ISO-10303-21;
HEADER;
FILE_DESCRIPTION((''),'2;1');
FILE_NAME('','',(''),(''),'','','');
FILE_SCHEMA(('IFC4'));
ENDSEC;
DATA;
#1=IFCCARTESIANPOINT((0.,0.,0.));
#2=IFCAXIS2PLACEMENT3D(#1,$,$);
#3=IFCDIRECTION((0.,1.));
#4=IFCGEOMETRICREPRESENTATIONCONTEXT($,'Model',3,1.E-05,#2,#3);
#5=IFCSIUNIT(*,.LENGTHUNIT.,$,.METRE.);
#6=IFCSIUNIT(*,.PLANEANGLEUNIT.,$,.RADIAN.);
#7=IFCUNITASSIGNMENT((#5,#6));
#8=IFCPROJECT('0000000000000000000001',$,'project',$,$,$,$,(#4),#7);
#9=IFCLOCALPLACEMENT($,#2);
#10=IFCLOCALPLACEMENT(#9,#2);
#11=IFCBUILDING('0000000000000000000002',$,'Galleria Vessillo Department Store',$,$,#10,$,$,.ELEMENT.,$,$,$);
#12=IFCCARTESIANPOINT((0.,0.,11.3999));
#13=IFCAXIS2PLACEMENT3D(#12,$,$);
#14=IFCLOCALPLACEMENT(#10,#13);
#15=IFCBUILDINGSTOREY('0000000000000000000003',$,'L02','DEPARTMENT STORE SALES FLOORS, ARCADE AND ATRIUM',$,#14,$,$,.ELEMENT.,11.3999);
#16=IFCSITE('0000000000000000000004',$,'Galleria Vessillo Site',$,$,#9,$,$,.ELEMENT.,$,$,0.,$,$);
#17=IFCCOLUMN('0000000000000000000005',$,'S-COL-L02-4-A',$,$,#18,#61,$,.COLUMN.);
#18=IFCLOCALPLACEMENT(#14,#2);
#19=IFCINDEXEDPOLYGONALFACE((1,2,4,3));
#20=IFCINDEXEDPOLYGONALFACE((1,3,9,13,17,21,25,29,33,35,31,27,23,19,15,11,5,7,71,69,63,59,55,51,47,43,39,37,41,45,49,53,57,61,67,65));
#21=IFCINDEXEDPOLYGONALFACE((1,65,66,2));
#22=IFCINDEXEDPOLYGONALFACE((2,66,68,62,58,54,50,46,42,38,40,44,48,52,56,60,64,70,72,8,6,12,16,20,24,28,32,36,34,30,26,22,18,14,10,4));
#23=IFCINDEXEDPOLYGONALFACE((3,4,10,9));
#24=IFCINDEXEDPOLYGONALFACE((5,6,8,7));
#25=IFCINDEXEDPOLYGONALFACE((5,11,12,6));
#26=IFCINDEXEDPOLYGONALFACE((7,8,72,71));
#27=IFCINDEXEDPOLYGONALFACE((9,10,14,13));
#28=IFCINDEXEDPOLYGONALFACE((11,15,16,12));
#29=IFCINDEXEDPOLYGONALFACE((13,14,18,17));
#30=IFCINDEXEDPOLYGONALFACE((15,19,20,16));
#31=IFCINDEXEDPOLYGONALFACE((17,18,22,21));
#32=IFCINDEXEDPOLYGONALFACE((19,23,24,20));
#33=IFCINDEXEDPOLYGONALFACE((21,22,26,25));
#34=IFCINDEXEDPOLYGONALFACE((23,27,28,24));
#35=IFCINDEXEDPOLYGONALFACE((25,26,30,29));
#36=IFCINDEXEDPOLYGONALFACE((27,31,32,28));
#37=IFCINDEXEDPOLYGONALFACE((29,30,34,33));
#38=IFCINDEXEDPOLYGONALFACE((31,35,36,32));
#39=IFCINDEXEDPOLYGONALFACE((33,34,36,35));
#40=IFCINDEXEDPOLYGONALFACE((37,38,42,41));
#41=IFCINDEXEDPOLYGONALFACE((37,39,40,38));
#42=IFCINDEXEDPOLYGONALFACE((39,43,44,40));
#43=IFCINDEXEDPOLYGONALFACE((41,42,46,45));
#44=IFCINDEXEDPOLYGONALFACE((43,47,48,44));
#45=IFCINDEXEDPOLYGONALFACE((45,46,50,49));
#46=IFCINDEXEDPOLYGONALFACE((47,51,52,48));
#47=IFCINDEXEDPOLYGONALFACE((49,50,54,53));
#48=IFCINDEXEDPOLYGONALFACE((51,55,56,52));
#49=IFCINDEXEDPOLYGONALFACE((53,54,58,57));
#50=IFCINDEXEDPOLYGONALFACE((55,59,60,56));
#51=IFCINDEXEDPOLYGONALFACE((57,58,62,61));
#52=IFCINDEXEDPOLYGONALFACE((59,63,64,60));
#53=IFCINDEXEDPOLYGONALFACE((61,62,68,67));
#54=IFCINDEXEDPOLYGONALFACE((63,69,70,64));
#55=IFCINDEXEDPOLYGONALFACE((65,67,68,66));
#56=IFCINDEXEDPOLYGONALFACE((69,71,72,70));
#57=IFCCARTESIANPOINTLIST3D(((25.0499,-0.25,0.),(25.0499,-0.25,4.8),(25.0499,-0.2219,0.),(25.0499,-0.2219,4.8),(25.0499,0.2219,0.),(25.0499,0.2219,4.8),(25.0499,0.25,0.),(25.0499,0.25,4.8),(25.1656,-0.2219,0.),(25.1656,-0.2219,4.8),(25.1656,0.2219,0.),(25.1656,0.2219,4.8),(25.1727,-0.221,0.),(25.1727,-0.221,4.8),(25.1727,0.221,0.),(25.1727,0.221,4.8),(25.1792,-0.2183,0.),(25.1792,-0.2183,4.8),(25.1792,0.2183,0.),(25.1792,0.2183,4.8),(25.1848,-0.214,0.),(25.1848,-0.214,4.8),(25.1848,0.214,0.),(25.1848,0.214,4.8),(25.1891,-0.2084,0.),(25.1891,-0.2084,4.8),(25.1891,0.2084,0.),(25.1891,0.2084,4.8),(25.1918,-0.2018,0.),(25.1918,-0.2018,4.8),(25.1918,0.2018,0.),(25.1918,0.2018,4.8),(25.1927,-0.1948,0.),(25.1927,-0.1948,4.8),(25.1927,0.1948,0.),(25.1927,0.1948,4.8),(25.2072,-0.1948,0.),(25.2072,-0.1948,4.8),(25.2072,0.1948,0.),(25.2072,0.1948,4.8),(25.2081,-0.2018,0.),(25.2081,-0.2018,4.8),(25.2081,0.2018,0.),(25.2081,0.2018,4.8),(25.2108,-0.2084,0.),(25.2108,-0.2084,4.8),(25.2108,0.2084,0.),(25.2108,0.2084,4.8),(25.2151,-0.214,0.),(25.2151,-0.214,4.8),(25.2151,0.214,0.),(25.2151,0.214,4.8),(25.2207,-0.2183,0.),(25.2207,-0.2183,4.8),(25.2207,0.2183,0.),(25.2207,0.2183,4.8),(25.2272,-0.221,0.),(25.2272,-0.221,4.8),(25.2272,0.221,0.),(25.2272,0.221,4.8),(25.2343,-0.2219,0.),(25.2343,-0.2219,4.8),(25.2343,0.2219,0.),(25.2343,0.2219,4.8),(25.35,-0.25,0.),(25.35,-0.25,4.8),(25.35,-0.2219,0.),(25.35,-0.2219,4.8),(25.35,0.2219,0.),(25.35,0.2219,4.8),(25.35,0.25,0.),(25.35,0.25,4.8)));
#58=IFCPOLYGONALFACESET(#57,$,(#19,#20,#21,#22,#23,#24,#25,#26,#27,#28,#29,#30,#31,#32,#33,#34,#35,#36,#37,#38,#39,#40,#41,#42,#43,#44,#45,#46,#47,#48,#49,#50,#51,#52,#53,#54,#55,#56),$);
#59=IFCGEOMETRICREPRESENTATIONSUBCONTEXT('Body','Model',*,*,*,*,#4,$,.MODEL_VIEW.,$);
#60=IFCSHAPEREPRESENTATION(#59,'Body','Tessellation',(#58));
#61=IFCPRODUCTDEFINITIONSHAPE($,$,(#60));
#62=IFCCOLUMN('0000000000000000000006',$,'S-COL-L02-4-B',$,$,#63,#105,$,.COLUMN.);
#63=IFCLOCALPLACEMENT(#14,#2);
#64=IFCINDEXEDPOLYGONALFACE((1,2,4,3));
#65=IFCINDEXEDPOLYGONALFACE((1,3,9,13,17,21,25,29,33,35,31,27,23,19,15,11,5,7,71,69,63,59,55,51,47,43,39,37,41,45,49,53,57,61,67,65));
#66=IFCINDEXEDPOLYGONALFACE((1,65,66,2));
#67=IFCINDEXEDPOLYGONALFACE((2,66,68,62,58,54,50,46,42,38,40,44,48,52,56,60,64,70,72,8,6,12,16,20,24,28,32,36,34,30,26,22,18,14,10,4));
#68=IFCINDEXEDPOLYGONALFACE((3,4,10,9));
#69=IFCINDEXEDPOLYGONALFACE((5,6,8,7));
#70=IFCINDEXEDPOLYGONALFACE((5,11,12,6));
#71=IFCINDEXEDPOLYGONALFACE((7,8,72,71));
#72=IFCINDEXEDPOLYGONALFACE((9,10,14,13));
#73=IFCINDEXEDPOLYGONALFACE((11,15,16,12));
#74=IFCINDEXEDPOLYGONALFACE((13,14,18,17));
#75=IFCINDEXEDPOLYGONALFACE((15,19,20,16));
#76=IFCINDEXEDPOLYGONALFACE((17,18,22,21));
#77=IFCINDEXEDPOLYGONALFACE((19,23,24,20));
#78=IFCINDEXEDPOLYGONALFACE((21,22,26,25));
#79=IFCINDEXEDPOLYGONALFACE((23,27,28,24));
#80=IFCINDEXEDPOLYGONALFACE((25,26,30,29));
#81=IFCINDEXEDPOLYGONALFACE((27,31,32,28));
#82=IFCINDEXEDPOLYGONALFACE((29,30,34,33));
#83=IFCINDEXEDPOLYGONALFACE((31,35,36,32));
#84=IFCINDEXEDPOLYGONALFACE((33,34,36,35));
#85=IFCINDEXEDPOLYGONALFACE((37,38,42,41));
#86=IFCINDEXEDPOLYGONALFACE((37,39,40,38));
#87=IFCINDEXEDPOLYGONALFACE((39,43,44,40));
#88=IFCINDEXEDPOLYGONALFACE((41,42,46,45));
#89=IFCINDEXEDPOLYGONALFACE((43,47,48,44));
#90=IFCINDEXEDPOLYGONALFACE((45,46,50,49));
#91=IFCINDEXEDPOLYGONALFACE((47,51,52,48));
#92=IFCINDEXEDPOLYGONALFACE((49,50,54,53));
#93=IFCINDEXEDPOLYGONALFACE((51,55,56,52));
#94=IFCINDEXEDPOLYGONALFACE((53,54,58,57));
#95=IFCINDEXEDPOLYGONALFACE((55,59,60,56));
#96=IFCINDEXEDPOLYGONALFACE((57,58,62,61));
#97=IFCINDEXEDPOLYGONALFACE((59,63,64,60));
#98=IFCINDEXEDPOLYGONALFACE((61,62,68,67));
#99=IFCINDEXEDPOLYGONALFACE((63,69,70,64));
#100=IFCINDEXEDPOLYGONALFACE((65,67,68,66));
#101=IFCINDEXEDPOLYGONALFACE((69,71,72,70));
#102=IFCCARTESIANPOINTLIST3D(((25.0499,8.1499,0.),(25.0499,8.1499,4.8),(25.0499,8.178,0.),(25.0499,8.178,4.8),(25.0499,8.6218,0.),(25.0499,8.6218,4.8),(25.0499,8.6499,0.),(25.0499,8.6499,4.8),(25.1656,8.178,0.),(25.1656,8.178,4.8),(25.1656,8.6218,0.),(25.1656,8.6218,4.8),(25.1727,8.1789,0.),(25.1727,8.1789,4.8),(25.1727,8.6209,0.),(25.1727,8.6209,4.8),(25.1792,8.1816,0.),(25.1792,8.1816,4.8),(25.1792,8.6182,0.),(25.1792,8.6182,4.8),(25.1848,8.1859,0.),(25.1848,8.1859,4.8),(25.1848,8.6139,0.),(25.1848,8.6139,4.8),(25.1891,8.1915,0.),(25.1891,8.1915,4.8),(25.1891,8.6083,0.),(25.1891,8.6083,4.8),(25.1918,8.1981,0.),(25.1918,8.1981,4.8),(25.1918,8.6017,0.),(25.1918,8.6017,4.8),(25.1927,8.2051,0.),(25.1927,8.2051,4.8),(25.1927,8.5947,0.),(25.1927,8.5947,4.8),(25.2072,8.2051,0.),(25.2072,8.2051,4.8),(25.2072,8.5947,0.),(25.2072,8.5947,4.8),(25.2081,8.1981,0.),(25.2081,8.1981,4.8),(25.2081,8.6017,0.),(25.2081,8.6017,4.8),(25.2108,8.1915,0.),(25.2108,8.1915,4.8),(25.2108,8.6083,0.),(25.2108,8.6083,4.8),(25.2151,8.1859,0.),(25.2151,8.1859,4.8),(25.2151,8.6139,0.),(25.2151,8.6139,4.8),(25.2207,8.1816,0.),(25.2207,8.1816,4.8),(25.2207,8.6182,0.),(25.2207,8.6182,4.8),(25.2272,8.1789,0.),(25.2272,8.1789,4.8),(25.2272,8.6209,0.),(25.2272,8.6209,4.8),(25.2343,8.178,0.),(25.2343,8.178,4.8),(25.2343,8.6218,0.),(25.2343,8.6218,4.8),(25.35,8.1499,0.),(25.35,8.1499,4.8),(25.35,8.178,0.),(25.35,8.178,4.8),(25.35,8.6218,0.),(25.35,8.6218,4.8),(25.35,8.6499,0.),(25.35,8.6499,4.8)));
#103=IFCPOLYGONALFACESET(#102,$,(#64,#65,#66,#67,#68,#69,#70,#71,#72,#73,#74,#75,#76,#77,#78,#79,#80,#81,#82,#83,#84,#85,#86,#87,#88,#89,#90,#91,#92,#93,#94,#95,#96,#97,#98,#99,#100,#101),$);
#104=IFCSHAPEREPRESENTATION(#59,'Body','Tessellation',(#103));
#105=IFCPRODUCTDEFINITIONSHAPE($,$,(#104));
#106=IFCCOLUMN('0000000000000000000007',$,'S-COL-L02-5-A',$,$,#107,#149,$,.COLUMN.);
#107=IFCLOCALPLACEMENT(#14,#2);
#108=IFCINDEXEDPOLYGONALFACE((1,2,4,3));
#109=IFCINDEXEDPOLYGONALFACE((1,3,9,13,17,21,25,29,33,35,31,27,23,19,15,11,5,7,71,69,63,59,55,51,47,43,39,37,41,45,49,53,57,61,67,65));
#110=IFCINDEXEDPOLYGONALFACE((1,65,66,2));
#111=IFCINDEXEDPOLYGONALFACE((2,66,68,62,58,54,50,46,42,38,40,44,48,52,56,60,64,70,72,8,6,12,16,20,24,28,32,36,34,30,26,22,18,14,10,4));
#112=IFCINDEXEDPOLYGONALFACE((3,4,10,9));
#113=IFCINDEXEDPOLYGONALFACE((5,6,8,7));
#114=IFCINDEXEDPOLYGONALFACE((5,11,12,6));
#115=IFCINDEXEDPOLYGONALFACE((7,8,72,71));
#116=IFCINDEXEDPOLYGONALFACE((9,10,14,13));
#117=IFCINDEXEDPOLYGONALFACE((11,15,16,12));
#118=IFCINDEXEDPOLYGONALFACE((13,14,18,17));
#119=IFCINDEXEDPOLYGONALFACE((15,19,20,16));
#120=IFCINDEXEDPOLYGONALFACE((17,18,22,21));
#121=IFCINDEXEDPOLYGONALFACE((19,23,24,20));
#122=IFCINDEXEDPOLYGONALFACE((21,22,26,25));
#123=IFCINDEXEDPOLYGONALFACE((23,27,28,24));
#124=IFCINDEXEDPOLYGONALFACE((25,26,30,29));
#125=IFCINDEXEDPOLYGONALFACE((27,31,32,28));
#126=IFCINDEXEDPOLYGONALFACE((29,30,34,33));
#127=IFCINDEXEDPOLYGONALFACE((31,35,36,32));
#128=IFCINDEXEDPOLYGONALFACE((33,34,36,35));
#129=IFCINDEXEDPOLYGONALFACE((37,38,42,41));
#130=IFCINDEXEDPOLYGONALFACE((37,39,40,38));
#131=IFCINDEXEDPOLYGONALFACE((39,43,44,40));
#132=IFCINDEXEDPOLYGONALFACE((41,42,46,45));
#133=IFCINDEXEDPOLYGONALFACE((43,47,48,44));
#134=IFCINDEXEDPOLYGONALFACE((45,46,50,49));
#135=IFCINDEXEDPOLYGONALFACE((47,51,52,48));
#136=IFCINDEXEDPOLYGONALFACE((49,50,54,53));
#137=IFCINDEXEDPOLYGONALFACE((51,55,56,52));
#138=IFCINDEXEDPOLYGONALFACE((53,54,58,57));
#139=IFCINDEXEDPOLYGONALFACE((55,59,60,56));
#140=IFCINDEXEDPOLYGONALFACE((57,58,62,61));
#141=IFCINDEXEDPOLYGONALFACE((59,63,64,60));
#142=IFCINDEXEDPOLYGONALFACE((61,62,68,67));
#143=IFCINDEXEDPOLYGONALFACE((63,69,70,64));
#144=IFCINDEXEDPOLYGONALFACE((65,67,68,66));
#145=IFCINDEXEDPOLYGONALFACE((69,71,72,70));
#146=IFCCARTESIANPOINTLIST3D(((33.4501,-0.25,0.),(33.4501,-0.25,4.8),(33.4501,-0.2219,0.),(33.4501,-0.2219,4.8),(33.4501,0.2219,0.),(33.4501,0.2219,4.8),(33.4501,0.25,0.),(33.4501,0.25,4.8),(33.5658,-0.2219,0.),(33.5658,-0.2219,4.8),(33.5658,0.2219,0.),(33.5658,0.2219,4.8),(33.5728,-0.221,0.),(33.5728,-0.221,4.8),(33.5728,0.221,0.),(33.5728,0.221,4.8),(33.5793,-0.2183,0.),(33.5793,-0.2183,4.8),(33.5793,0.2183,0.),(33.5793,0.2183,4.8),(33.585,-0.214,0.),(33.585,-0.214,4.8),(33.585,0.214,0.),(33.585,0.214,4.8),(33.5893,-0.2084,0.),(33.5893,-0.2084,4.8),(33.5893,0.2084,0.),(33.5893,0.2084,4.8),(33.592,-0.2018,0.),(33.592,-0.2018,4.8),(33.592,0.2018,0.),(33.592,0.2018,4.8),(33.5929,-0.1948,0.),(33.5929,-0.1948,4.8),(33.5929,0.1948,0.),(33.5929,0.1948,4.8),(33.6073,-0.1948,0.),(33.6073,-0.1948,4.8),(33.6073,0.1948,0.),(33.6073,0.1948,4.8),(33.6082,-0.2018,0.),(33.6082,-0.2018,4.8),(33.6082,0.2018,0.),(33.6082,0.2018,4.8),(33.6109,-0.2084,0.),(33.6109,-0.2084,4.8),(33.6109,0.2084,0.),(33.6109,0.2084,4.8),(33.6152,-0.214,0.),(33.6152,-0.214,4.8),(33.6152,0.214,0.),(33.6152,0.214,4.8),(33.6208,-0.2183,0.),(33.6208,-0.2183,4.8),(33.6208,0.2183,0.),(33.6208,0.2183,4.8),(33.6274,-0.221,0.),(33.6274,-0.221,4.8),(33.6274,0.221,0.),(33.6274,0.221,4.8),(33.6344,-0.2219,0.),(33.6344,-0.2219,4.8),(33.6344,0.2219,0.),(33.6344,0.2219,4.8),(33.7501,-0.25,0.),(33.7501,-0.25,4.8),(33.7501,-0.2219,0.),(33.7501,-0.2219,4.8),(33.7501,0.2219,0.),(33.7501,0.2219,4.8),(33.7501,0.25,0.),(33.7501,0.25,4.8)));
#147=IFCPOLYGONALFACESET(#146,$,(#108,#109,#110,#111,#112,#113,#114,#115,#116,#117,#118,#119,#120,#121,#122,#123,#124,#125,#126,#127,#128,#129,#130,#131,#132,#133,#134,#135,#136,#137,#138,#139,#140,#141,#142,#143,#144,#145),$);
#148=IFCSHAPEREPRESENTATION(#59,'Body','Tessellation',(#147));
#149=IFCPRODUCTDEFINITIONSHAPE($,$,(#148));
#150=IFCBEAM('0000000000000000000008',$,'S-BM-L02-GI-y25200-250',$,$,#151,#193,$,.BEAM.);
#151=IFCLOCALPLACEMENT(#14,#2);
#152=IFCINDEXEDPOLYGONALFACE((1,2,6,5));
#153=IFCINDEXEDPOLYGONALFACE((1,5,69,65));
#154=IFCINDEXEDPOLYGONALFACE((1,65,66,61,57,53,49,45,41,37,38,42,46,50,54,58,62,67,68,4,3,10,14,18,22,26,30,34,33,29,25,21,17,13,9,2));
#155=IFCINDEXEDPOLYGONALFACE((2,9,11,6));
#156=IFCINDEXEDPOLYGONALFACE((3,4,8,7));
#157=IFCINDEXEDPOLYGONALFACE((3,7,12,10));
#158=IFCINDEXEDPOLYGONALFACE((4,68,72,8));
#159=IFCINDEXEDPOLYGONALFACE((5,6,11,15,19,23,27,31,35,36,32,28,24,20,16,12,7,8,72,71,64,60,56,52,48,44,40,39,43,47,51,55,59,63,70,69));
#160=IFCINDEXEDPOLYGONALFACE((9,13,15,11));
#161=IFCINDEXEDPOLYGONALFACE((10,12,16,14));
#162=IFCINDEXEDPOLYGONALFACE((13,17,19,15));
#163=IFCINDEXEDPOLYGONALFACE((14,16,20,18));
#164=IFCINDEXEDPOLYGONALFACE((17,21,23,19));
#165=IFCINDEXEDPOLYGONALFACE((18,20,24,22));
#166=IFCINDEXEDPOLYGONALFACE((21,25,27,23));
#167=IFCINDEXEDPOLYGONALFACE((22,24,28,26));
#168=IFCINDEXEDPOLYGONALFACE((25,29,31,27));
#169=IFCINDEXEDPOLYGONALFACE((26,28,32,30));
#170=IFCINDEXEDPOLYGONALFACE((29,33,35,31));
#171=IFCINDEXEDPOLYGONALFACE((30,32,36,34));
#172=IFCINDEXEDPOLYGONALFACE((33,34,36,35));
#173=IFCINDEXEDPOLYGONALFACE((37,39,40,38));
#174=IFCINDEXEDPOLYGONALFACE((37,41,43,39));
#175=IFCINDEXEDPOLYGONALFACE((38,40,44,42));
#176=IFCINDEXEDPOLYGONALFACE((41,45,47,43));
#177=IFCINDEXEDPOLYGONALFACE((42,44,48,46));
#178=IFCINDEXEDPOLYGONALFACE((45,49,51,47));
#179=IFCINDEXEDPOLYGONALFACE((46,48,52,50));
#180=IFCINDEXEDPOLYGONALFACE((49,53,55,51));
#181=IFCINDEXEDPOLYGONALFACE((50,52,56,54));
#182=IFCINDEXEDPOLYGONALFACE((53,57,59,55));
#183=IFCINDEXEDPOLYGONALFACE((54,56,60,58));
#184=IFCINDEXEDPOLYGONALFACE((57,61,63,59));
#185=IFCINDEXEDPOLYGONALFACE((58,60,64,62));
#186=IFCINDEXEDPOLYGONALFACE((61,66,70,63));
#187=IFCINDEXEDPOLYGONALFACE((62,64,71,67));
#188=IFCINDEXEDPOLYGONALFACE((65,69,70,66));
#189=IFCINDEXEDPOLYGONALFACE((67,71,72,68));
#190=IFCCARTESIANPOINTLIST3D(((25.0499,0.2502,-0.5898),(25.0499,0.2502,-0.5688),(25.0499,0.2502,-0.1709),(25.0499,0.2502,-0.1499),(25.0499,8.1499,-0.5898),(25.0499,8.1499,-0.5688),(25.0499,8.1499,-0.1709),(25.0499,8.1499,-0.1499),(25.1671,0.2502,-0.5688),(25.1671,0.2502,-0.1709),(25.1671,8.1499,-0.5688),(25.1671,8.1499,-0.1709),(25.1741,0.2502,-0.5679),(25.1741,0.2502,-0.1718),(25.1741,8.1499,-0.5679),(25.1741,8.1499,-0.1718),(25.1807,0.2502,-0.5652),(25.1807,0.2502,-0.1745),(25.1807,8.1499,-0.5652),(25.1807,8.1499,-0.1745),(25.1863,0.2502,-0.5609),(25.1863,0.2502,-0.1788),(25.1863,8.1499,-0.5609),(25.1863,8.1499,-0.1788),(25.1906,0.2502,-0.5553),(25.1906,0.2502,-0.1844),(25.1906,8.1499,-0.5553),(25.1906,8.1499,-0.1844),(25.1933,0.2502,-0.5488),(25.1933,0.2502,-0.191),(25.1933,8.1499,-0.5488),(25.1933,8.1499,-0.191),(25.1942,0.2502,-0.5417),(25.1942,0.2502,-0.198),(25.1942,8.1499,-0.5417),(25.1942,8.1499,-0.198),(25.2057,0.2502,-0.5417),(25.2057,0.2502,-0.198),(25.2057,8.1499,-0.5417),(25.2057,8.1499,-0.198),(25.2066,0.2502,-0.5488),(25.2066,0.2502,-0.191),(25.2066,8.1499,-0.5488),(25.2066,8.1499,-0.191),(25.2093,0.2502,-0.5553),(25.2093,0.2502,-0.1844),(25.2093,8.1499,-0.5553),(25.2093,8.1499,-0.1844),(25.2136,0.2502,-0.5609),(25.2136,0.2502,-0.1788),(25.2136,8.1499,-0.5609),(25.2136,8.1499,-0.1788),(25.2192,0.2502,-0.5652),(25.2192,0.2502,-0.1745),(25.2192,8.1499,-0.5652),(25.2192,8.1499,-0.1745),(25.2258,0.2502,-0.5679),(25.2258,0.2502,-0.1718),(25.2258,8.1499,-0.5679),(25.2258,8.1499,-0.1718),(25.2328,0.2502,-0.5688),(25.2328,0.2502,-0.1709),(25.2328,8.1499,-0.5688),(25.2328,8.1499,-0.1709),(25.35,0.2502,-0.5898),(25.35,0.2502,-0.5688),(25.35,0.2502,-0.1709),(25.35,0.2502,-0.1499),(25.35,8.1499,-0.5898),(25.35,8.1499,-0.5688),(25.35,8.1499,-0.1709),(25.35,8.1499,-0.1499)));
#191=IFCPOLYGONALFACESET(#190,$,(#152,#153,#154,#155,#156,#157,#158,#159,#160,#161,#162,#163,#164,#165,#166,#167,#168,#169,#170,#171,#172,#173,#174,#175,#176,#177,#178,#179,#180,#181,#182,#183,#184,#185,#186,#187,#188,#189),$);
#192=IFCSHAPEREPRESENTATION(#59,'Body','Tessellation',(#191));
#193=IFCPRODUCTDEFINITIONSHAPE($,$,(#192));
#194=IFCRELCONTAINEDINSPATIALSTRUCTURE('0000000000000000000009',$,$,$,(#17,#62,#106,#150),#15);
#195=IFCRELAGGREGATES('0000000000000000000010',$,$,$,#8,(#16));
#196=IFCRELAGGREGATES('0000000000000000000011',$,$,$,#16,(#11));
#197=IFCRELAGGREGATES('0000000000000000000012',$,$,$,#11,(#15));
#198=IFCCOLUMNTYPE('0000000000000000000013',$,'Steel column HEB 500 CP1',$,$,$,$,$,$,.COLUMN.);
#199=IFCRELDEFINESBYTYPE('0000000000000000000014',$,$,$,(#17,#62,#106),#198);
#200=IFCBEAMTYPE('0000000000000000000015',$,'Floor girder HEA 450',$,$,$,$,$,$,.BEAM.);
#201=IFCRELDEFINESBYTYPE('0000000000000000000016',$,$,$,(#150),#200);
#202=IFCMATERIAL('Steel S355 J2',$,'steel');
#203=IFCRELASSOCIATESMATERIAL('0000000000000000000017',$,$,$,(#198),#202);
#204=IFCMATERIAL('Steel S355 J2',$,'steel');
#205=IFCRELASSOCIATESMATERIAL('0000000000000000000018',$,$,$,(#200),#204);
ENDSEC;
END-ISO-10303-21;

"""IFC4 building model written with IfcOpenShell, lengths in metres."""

from ifc_helpers import new_model, si_unit, direction, frame, origin, origin_2d, place, context, subcontext, project, spatial, i_section, extrude, material, material_profile, profile_set, type_object, element, save


model = new_model("IFC4")

# Units and contexts
model_context = context("Model", 3, precision=1e-05, world=origin(), true_north=direction((0.0, 1.0)))
body_context = subcontext(model_context, "Body", "Model", "MODEL_VIEW")
ifc_project = project(units=[si_unit("LENGTHUNIT", "METRE"), si_unit("PLANEANGLEUNIT", "RADIAN")], contexts=[model_context])

# Site, building, storey
site_placement = place(None, origin())
site = spatial("IfcSite", under=ifc_project, at=site_placement, Name="Galleria Vessillo Site", CompositionType="ELEMENT", RefElevation=0.0)
building_placement = place(site_placement, origin())
building = spatial("IfcBuilding", under=site, at=building_placement, Name="Galleria Vessillo Department Store", CompositionType="ELEMENT")
storey_placement = place(building_placement, frame((0.0, 0.0, 11.3999)))
storey = spatial("IfcBuildingStorey", under=building, at=storey_placement, Name="L02", Description="DEPARTMENT STORE SALES FLOORS, ARCADE AND ATRIUM", CompositionType="ELEMENT", Elevation=11.3999)

# Columns
ifc_material_1 = material(Name="Steel S355 J2", Category="steel")
ifc_material_profile_1 = material_profile(ifc_material_1, i_section(OverallWidth=0.3, OverallDepth=0.5, WebThickness=0.0144, FlangeThickness=0.0281, FilletRadius=0.0271, at=origin_2d()), Name="HEB 500")
ifc_profile_set_1 = profile_set([ifc_material_profile_1], Name="Steel S355 J2")
column_type = type_object("IfcColumnType", Name="Steel column HEB 500 CP1", PredefinedType="COLUMN", material=ifc_profile_set_1)
for number, where, z_axis, x_axis, name in (
    (1, (25.2, 0.0, 0.0), (0.0, 0.0, 1.0), (1.0, 0.0, 0.0), "S-COL-L02-4-A"),
    (2, (25.2, 8.3999, 0.0), (0.0, 0.0, 1.0), (1.0, 0.0, 0.0), "S-COL-L02-4-B"),
    (3, (33.6001, 0.0, 0.0), (0.0, 0.0, 1.0), (1.0, 0.0, 0.0), "S-COL-L02-5-A"),
):
    element("IfcColumn", number, at=place(storey_placement, frame(where, z_axis=z_axis, x_axis=x_axis)), inside=storey, type_object=column_type, Name=name, PredefinedType="COLUMN", context=body_context, shape_type="SweptSolid", body=[
        extrude(i_section(OverallWidth=0.3, OverallDepth=0.5, WebThickness=0.0144, FlangeThickness=0.0281, FilletRadius=0.0271, at=origin_2d()), origin(), (0.0, 0.0, 1.0), 4.8),
    ])

# Beam
ifc_material_2 = material(Name="Steel S355 J2", Category="steel")
ifc_material_profile_2 = material_profile(ifc_material_2, i_section(OverallWidth=0.3, OverallDepth=0.4399, WebThickness=0.0115, FlangeThickness=0.021, FilletRadius=0.0271, at=origin_2d()), Name="HEA 450")
ifc_profile_set_2 = profile_set([ifc_material_profile_2], Name="Steel S355 J2")
beam_type_1 = type_object("IfcBeamType", Name="Floor girder HEA 450", PredefinedType="BEAM", material=ifc_profile_set_2)
beam_placement = place(storey_placement, frame((25.2, 0.2502, -0.3699), z_axis=(0.0, 1.0, 0.0), x_axis=(-1.0, 0.0, 0.0)))
element("IfcBeam", 4, at=beam_placement, inside=storey, type_object=beam_type_1, Name="S-BM-L02-GI-y25200-250", PredefinedType="BEAM", context=body_context, shape_type="SweptSolid", body=[
    extrude(i_section(OverallWidth=0.3, OverallDepth=0.4399, WebThickness=0.0115, FlangeThickness=0.021, FilletRadius=0.0271, at=origin_2d()), origin(), (0.0, 0.0, 1.0), 7.8997),
])

save(model, "model.ifc")
